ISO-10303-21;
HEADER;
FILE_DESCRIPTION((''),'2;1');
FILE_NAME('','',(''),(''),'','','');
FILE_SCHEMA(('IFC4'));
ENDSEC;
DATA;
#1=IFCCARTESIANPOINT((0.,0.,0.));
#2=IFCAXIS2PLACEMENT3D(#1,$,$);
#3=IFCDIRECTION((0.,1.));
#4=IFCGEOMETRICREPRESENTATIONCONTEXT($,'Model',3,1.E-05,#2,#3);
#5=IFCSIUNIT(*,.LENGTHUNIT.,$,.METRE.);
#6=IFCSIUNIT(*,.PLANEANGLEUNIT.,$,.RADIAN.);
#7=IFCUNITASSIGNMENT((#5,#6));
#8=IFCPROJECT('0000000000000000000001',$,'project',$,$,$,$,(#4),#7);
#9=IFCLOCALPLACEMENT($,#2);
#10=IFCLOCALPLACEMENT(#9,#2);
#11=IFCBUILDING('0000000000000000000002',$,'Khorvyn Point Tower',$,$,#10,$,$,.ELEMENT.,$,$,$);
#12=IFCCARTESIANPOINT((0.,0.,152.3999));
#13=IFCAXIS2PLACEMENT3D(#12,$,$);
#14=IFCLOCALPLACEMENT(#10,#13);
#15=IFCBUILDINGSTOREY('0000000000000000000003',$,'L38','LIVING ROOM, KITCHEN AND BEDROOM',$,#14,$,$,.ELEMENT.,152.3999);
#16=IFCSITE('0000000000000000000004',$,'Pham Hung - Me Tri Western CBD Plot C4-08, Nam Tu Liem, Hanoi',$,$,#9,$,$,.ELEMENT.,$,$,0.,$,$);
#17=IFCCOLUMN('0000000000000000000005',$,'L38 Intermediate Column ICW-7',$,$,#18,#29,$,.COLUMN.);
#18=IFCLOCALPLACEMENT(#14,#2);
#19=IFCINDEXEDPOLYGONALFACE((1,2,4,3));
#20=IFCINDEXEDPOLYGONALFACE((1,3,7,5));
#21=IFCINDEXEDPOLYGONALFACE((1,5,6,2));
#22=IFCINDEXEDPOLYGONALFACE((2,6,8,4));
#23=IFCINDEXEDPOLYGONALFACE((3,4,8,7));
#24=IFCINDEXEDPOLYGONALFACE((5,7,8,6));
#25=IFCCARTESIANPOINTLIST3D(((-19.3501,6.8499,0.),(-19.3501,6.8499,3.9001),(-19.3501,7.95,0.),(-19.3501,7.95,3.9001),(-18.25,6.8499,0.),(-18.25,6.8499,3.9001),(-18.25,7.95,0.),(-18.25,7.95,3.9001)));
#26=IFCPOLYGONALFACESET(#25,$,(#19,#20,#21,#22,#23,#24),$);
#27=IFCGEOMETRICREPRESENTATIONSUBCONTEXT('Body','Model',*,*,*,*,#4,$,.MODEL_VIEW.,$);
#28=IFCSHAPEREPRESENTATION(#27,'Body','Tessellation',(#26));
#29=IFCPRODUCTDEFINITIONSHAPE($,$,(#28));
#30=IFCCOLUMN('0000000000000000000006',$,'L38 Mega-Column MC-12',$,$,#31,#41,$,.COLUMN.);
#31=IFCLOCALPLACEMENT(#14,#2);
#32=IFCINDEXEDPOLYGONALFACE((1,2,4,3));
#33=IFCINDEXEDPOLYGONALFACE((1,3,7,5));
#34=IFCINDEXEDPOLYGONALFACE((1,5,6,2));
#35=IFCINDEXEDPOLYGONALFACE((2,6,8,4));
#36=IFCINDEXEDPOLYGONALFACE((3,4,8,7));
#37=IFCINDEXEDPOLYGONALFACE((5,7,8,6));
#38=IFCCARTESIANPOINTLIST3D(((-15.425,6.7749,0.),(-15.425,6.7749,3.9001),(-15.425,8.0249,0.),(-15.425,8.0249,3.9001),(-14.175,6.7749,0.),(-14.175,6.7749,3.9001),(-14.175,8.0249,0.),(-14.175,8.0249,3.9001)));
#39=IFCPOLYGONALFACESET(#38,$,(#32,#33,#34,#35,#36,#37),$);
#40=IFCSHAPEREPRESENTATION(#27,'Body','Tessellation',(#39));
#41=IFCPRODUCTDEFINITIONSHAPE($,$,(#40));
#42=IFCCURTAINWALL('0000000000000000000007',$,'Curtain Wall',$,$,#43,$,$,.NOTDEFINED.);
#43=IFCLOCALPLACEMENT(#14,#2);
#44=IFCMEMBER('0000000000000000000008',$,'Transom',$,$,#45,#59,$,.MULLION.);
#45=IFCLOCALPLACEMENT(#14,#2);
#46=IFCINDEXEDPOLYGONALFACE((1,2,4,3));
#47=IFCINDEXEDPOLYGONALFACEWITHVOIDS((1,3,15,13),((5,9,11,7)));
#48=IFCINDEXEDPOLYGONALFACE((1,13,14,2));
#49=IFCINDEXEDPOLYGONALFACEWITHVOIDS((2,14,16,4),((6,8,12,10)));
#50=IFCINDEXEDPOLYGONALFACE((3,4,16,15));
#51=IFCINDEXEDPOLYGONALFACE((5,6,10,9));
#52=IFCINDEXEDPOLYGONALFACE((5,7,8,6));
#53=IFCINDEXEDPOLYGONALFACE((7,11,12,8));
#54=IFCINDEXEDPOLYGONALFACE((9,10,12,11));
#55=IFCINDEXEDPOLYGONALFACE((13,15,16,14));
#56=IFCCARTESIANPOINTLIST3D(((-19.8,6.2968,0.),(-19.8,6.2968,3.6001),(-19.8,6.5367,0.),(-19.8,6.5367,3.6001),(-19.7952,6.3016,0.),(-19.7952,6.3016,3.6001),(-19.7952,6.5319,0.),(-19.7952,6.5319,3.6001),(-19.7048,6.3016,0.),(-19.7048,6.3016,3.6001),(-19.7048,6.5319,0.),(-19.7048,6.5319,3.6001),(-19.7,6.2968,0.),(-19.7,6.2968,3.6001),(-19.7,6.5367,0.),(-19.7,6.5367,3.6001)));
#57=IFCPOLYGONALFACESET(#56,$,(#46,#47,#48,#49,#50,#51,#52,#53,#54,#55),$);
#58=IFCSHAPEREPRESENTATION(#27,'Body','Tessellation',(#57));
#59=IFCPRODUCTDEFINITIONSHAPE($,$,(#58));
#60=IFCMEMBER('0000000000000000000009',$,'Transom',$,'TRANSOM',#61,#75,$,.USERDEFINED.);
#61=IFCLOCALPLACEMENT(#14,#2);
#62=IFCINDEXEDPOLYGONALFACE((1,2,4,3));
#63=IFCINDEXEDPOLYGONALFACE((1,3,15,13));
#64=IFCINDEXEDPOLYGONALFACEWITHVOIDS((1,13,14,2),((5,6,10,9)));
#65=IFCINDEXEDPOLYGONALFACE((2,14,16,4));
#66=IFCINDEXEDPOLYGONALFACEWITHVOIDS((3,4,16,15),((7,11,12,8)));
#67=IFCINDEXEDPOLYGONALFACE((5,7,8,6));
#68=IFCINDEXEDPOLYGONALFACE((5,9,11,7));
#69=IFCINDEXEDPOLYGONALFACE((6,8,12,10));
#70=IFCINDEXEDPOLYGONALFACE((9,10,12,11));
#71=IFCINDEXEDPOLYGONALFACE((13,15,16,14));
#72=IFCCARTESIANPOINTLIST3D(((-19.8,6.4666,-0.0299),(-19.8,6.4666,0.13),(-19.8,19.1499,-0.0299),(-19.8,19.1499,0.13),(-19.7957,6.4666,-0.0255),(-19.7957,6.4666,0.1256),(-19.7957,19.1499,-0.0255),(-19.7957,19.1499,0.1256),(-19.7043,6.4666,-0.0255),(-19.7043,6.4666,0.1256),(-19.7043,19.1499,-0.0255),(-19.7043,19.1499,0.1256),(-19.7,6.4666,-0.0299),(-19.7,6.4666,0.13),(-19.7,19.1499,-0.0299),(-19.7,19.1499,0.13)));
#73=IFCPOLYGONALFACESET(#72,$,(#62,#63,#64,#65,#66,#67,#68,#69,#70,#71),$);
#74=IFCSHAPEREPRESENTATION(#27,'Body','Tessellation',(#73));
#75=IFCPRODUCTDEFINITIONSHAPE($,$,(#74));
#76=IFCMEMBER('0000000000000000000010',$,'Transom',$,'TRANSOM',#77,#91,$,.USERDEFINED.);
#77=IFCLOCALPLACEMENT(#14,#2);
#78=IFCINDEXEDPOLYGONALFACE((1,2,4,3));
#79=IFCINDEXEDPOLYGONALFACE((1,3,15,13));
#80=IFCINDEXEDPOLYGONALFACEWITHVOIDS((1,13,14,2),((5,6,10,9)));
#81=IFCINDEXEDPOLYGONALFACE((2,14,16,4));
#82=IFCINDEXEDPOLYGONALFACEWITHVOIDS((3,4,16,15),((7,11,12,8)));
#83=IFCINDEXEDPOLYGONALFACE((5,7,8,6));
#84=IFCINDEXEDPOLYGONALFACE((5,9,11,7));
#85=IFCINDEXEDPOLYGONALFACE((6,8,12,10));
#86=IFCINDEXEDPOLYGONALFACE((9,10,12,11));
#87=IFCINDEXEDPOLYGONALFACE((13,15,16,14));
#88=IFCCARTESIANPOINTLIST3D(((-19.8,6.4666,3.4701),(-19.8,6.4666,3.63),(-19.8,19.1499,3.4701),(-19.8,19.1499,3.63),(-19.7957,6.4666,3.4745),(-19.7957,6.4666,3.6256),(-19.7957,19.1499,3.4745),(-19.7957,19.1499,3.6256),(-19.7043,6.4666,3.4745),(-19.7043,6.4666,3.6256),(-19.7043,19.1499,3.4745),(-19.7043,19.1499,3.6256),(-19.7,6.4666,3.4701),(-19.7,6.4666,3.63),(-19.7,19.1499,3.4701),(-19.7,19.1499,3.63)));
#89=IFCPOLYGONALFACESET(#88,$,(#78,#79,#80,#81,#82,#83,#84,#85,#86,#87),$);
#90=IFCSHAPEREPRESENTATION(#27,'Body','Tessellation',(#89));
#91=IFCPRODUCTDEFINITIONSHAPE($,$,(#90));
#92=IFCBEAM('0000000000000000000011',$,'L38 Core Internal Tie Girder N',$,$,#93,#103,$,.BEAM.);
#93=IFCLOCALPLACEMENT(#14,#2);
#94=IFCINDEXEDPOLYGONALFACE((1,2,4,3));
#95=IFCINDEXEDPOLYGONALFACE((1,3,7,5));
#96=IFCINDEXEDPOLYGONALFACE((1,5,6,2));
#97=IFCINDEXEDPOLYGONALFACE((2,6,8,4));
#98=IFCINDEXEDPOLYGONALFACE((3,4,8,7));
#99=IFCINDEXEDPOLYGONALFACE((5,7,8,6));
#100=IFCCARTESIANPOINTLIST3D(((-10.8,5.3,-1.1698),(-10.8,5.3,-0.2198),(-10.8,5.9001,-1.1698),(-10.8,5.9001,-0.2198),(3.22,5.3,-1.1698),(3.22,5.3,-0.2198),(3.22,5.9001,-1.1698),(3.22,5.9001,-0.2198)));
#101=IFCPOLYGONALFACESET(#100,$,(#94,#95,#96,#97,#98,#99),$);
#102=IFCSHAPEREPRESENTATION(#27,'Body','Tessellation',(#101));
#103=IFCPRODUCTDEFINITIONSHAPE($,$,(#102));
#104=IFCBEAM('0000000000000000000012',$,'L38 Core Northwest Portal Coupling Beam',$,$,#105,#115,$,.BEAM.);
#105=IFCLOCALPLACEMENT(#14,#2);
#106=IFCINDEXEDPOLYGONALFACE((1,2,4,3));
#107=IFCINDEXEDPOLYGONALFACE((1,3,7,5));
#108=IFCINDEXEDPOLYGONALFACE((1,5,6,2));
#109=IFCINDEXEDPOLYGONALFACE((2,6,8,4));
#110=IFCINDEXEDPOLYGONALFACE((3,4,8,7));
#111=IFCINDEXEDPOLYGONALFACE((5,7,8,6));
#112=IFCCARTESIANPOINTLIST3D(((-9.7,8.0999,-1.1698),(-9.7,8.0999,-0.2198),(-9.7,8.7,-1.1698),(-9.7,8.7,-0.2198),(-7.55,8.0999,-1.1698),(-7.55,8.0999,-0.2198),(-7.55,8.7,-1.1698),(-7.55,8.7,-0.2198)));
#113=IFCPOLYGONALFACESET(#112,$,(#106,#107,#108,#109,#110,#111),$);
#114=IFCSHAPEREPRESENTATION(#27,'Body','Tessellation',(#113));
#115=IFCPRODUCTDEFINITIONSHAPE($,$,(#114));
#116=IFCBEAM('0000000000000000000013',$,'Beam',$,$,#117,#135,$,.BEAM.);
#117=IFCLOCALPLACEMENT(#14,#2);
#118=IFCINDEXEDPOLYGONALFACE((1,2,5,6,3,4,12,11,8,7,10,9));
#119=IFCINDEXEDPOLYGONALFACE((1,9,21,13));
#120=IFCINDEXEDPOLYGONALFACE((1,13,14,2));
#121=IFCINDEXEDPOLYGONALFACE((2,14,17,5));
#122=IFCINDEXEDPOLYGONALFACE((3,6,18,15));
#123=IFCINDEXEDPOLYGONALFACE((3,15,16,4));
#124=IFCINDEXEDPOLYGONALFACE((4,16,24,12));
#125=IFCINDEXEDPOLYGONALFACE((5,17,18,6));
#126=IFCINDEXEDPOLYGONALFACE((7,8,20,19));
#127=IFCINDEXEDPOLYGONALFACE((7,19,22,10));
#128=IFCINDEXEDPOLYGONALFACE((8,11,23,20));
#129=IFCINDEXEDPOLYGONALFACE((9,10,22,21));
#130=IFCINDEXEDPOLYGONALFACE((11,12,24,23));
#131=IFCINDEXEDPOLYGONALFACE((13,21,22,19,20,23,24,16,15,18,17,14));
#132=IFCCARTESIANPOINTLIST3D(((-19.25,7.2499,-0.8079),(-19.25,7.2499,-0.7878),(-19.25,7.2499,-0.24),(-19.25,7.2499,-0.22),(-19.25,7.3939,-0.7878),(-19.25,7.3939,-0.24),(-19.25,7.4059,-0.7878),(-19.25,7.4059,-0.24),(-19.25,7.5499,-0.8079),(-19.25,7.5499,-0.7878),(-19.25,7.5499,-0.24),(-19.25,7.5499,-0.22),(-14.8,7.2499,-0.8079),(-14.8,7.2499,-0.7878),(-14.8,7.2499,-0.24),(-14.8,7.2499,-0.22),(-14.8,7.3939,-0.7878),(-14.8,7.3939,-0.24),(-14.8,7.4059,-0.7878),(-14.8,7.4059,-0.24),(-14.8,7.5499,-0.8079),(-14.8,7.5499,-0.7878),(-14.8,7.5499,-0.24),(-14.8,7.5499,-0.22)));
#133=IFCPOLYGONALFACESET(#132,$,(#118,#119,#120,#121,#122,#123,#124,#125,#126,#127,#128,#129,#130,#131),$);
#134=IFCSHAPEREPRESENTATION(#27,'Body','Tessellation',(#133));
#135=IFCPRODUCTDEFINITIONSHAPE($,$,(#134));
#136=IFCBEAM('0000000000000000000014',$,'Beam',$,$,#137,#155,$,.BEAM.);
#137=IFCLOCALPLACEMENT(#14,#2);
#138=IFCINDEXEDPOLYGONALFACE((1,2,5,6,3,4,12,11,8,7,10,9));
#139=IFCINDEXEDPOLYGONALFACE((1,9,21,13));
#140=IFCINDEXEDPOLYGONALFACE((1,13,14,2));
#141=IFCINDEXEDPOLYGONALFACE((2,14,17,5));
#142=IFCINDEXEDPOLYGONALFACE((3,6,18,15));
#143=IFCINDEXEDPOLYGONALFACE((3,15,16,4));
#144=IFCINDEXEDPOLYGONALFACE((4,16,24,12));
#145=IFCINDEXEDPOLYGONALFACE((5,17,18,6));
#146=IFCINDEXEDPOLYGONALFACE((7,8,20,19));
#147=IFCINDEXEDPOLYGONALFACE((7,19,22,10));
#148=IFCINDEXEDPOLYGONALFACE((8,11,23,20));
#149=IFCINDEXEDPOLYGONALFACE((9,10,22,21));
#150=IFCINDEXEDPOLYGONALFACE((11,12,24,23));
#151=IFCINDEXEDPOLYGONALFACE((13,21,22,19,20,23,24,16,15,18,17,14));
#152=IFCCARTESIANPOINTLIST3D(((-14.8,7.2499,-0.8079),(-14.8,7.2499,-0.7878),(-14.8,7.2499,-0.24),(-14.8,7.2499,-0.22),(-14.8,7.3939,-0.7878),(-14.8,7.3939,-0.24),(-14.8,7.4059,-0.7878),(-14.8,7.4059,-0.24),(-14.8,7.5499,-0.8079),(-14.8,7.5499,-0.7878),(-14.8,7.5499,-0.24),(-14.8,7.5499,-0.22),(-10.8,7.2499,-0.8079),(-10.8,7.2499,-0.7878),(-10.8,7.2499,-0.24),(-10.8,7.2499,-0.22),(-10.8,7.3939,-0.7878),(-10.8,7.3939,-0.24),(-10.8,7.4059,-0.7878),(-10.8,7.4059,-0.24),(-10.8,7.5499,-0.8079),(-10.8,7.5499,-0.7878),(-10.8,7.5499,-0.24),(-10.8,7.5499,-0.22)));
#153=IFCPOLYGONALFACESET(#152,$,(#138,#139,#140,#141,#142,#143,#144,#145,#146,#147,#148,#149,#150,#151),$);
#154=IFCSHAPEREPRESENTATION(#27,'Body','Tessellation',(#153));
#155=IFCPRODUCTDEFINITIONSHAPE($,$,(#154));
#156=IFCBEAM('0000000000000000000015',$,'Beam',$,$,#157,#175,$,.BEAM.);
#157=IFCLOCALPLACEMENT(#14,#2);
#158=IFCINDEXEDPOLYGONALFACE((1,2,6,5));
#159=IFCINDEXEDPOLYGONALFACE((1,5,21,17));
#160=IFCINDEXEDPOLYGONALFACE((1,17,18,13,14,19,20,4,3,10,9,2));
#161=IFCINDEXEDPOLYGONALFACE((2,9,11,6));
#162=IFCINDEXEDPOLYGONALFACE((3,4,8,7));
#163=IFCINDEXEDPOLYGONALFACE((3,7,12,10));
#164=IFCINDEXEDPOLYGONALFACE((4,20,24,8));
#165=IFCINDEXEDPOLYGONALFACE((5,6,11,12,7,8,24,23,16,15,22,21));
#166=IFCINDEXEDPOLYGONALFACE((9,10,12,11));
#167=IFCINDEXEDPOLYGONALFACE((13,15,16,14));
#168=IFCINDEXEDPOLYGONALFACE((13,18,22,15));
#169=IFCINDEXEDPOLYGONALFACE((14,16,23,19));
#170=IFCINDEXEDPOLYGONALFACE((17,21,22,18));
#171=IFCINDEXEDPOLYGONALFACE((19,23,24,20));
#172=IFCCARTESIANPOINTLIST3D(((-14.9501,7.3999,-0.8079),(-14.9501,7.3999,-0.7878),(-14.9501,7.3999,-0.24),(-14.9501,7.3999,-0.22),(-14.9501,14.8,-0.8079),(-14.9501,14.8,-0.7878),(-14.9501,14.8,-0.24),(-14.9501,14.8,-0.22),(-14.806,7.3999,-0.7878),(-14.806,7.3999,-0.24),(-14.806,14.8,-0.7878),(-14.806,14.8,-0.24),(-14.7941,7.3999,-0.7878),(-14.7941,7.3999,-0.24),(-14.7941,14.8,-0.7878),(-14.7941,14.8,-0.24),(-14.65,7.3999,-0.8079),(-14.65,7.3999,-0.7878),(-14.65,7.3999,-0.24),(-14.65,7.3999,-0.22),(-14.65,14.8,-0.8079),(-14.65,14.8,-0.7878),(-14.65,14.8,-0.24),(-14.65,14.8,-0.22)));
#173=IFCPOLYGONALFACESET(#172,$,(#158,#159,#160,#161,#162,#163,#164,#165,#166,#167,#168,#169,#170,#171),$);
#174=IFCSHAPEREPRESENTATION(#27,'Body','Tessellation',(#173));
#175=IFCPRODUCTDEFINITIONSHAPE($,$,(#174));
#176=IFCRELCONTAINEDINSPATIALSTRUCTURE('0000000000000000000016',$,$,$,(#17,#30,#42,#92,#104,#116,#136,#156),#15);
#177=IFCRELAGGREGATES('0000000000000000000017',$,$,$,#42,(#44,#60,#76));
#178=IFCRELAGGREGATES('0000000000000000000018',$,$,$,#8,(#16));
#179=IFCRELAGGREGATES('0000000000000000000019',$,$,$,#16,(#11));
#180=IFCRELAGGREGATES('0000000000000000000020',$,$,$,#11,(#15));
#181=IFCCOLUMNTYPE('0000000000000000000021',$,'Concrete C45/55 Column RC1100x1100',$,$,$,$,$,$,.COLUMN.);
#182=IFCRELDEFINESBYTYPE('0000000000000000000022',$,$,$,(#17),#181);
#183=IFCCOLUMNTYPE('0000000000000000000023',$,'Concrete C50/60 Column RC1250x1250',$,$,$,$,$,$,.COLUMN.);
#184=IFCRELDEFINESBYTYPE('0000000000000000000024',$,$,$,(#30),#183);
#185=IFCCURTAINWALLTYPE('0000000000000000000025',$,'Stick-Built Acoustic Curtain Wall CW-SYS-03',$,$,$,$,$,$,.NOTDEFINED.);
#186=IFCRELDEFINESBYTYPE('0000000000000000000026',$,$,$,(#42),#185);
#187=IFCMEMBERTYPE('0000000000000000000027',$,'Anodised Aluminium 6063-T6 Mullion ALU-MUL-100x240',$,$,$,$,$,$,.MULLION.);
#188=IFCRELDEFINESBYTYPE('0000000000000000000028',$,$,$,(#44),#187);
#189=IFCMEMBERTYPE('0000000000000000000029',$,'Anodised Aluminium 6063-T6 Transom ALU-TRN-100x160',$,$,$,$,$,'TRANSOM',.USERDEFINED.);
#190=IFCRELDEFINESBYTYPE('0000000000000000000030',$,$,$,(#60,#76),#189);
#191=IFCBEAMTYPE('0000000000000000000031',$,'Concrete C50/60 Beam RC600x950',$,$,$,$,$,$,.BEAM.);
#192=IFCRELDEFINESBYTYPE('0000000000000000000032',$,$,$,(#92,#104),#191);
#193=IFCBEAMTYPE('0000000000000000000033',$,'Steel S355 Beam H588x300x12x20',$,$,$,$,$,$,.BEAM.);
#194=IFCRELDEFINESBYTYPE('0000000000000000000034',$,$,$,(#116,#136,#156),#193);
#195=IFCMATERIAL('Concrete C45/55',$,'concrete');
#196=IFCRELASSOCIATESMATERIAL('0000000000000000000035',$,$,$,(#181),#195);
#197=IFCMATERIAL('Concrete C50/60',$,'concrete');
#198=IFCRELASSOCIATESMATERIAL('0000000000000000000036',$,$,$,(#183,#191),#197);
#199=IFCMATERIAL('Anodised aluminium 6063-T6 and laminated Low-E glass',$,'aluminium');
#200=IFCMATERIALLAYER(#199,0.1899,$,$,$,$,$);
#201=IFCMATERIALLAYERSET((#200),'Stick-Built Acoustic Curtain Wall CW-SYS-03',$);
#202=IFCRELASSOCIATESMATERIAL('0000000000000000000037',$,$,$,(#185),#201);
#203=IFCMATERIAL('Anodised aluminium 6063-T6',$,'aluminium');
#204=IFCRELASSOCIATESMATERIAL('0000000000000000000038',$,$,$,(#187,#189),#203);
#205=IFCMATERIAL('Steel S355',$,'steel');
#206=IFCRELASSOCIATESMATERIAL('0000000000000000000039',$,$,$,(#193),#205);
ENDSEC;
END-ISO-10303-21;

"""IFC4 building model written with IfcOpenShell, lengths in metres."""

from ifc_helpers import new_model, si_unit, direction, frame, origin, origin_2d, place, context, subcontext, project, spatial, rectangle, hollow_rectangle, i_section, extrude, material, layer, layer_set, material_profile, profile_set, type_object, element, aggregate, save


model = new_model("IFC4")

# Units and contexts
model_context = context("Model", 3, precision=1e-05, world=origin(), true_north=direction((0.0, 1.0)))
body_context = subcontext(model_context, "Body", "Model", "MODEL_VIEW")
ifc_project = project(units=[si_unit("LENGTHUNIT", "METRE"), si_unit("PLANEANGLEUNIT", "RADIAN")], contexts=[model_context])

# Site, building, storey
site_placement = place(None, origin())
site = spatial("IfcSite", under=ifc_project, at=site_placement, Name="Pham Hung - Me Tri Western CBD Plot C4-08, Nam Tu Liem, Hanoi", CompositionType="ELEMENT", RefElevation=0.0)
building_placement = place(site_placement, origin())
building = spatial("IfcBuilding", under=site, at=building_placement, Name="Khorvyn Point Tower", CompositionType="ELEMENT")
storey_placement = place(building_placement, frame((0.0, 0.0, 152.3999)))
storey = spatial("IfcBuildingStorey", under=building, at=storey_placement, Name="L38", Description="LIVING ROOM, KITCHEN AND BEDROOM", CompositionType="ELEMENT", Elevation=152.3999)

# Columns
ifc_material_1 = material(Name="Concrete C45/55", Category="concrete")
ifc_material_profile_1 = material_profile(ifc_material_1, rectangle(XDim=1.1001, YDim=1.1001, at=origin_2d()))
ifc_profile_set_1 = profile_set([ifc_material_profile_1], Name="Concrete C45/55 RC1100x1100")
column_type_1 = type_object("IfcColumnType", Name="Concrete C45/55 Column RC1100x1100", PredefinedType="COLUMN", material=ifc_profile_set_1)
column_1_placement = place(storey_placement, frame((-18.8, 7.3999, 0.0), z_axis=(0.0, 0.0, 1.0), x_axis=(1.0, 0.0, 0.0)))
element("IfcColumn", 1, at=column_1_placement, inside=storey, type_object=column_type_1, Name="L38 Intermediate Column ICW-7", PredefinedType="COLUMN", context=body_context, shape_type="SweptSolid", body=[
    extrude(rectangle(XDim=1.1001, YDim=1.1001, at=origin_2d()), origin(), (0.0, 0.0, 1.0), 3.9001),
])
ifc_material_2 = material(Name="Concrete C50/60", Category="concrete")
ifc_material_profile_2 = material_profile(ifc_material_2, rectangle(XDim=1.25, YDim=1.25, at=origin_2d()))
ifc_profile_set_2 = profile_set([ifc_material_profile_2], Name="Concrete C50/60 RC1250x1250")
column_type_2 = type_object("IfcColumnType", Name="Concrete C50/60 Column RC1250x1250", PredefinedType="COLUMN", material=ifc_profile_set_2)
column_2_placement = place(storey_placement, frame((-14.8, 7.3999, 0.0), z_axis=(0.0, 0.0, 1.0), x_axis=(1.0, 0.0, 0.0)))
element("IfcColumn", 2, at=column_2_placement, inside=storey, type_object=column_type_2, Name="L38 Mega-Column MC-12", PredefinedType="COLUMN", context=body_context, shape_type="SweptSolid", body=[
    extrude(rectangle(XDim=1.25, YDim=1.25, at=origin_2d()), origin(), (0.0, 0.0, 1.0), 3.9001),
])

# Curtain wall, members
ifc_material_3 = material(Name="Anodised aluminium 6063-T6 and laminated Low-E glass", Category="aluminium")
ifc_layer_1 = layer(ifc_material_3, 0.1899)
ifc_layer_set_1 = layer_set([ifc_layer_1], Name="Stick-Built Acoustic Curtain Wall CW-SYS-03")
curtain_wall_type = type_object("IfcCurtainWallType", Name="Stick-Built Acoustic Curtain Wall CW-SYS-03", PredefinedType="NOTDEFINED", material=ifc_layer_set_1)
curtain_wall_placement = place(storey_placement, origin())
curtain_wall = element("IfcCurtainWall", 3, at=curtain_wall_placement, inside=storey, type_object=curtain_wall_type, Name="Curtain Wall", PredefinedType="NOTDEFINED")
ifc_material_4 = material(Name="Anodised aluminium 6063-T6", Category="aluminium")
ifc_material_profile_3 = material_profile(ifc_material_4, hollow_rectangle(XDim=0.1001, YDim=0.24, WallThickness=0.0049, at=origin_2d()))
ifc_profile_set_3 = profile_set([ifc_material_profile_3], Name="Anodised aluminium 6063-T6 ALU-MUL-100x240")
member_type_1 = type_object("IfcMemberType", Name="Anodised Aluminium 6063-T6 Mullion ALU-MUL-100x240", PredefinedType="MULLION", material=ifc_profile_set_3)
member_1_placement = place(storey_placement, frame((-19.75, 6.4167, 0.0), z_axis=(0.0, 0.0, 1.0), x_axis=(-1.0, 0.0, 0.0)))
member_1 = element("IfcMember", 4, at=member_1_placement, type_object=member_type_1, Name="Transom", PredefinedType="MULLION", context=body_context, shape_type="SweptSolid", body=[
    extrude(hollow_rectangle(XDim=0.1001, YDim=0.24, WallThickness=0.0049, at=origin_2d()), origin(), (0.0, 0.0, 1.0), 3.6001),
])
ifc_material_profile_4 = material_profile(ifc_material_4, hollow_rectangle(XDim=0.1001, YDim=0.1599, WallThickness=0.0044, at=origin_2d()))
ifc_profile_set_4 = profile_set([ifc_material_profile_4], Name="Anodised aluminium 6063-T6 ALU-TRN-100x160")
member_type_2 = type_object("IfcMemberType", Name="Anodised Aluminium 6063-T6 Transom ALU-TRN-100x160", ElementType="TRANSOM", PredefinedType="USERDEFINED", material=ifc_profile_set_4)
member_2_placement = place(storey_placement, frame((-19.75, 6.4666, 0.05), z_axis=(0.0, 1.0, 0.0), x_axis=(-1.0, 0.0, 0.0)))
member_2 = element("IfcMember", 5, at=member_2_placement, type_object=member_type_2, Name="Transom", ObjectType="TRANSOM", PredefinedType="USERDEFINED", context=body_context, shape_type="SweptSolid", body=[
    extrude(hollow_rectangle(XDim=0.1001, YDim=0.1599, WallThickness=0.0044, at=origin_2d()), origin(), (0.0, 0.0, 1.0), 12.6833),
])
member_3_placement = place(storey_placement, frame((-19.75, 6.4666, 3.55), z_axis=(0.0, 1.0, 0.0), x_axis=(-1.0, 0.0, 0.0)))
member_3 = element("IfcMember", 6, at=member_3_placement, type_object=member_type_2, Name="Transom", ObjectType="TRANSOM", PredefinedType="USERDEFINED", context=body_context, shape_type="SweptSolid", body=[
    extrude(hollow_rectangle(XDim=0.1001, YDim=0.1599, WallThickness=0.0044, at=origin_2d()), origin(), (0.0, 0.0, 1.0), 12.6833),
])

# Beams
ifc_material_profile_5 = material_profile(ifc_material_2, rectangle(XDim=0.6001, YDim=0.95, at=origin_2d()))
ifc_profile_set_5 = profile_set([ifc_material_profile_5], Name="Concrete C50/60 RC600x950")
beam_type_1 = type_object("IfcBeamType", Name="Concrete C50/60 Beam RC600x950", PredefinedType="BEAM", material=ifc_profile_set_5)
beam_1_placement = place(storey_placement, frame((-10.8, 5.6001, -0.6948), z_axis=(1.0, 0.0, 0.0), x_axis=(0.0, 1.0, 0.0)))
element("IfcBeam", 7, at=beam_1_placement, inside=storey, type_object=beam_type_1, Name="L38 Core Internal Tie Girder N", PredefinedType="BEAM", context=body_context, shape_type="SweptSolid", body=[
    extrude(rectangle(XDim=0.6001, YDim=0.95, at=origin_2d()), origin(), (0.0, 0.0, 1.0), 14.02),
])
beam_2_placement = place(storey_placement, frame((-9.7, 8.3999, -0.6948), z_axis=(1.0, 0.0, 0.0), x_axis=(0.0, 1.0, 0.0)))
element("IfcBeam", 8, at=beam_2_placement, inside=storey, type_object=beam_type_1, Name="L38 Core Northwest Portal Coupling Beam", PredefinedType="BEAM", context=body_context, shape_type="SweptSolid", body=[
    extrude(rectangle(XDim=0.6001, YDim=0.95, at=origin_2d()), origin(), (0.0, 0.0, 1.0), 2.1499),
])
ifc_material_5 = material(Name="Steel S355", Category="steel")
ifc_material_profile_6 = material_profile(ifc_material_5, i_section(OverallWidth=0.3, OverallDepth=0.5879, WebThickness=0.012, FlangeThickness=0.02, at=origin_2d()))
ifc_profile_set_6 = profile_set([ifc_material_profile_6], Name="Steel S355 H588x300x12x20")
beam_type_2 = type_object("IfcBeamType", Name="Steel S355 Beam H588x300x12x20", PredefinedType="BEAM", material=ifc_profile_set_6)
beam_3_placement = place(storey_placement, frame((-19.25, 7.3999, -0.5139), z_axis=(1.0, 0.0, 0.0), x_axis=(0.0, 1.0, 0.0)))
element("IfcBeam", 9, at=beam_3_placement, inside=storey, type_object=beam_type_2, Name="Beam", PredefinedType="BEAM", context=body_context, shape_type="SweptSolid", body=[
    extrude(i_section(OverallWidth=0.3, OverallDepth=0.5879, WebThickness=0.012, FlangeThickness=0.02, at=origin_2d()), origin(), (0.0, 0.0, 1.0), 4.45),
])
beam_4_placement = place(storey_placement, frame((-14.8, 7.3999, -0.5139), z_axis=(1.0, 0.0, 0.0), x_axis=(0.0, 1.0, 0.0)))
element("IfcBeam", 10, at=beam_4_placement, inside=storey, type_object=beam_type_2, Name="Beam", PredefinedType="BEAM", context=body_context, shape_type="SweptSolid", body=[
    extrude(i_section(OverallWidth=0.3, OverallDepth=0.5879, WebThickness=0.012, FlangeThickness=0.02, at=origin_2d()), origin(), (0.0, 0.0, 1.0), 4.0),
])
for number, where, z_axis, x_axis, name in (
    (11, (-14.8, 7.3999, -0.5139), (0.0, 1.0, 0.0), (-1.0, 0.0, 0.0), "Beam"),
):
    element("IfcBeam", number, at=place(storey_placement, frame(where, z_axis=z_axis, x_axis=x_axis)), inside=storey, type_object=beam_type_2, Name=name, PredefinedType="BEAM", context=body_context, shape_type="SweptSolid", body=[
        extrude(i_section(OverallWidth=0.3, OverallDepth=0.5879, WebThickness=0.012, FlangeThickness=0.02, at=origin_2d()), origin(), (0.0, 0.0, 1.0), 7.4001),
    ])

aggregate(curtain_wall, [member_1, member_2, member_3])

save(model, "model.ifc")
